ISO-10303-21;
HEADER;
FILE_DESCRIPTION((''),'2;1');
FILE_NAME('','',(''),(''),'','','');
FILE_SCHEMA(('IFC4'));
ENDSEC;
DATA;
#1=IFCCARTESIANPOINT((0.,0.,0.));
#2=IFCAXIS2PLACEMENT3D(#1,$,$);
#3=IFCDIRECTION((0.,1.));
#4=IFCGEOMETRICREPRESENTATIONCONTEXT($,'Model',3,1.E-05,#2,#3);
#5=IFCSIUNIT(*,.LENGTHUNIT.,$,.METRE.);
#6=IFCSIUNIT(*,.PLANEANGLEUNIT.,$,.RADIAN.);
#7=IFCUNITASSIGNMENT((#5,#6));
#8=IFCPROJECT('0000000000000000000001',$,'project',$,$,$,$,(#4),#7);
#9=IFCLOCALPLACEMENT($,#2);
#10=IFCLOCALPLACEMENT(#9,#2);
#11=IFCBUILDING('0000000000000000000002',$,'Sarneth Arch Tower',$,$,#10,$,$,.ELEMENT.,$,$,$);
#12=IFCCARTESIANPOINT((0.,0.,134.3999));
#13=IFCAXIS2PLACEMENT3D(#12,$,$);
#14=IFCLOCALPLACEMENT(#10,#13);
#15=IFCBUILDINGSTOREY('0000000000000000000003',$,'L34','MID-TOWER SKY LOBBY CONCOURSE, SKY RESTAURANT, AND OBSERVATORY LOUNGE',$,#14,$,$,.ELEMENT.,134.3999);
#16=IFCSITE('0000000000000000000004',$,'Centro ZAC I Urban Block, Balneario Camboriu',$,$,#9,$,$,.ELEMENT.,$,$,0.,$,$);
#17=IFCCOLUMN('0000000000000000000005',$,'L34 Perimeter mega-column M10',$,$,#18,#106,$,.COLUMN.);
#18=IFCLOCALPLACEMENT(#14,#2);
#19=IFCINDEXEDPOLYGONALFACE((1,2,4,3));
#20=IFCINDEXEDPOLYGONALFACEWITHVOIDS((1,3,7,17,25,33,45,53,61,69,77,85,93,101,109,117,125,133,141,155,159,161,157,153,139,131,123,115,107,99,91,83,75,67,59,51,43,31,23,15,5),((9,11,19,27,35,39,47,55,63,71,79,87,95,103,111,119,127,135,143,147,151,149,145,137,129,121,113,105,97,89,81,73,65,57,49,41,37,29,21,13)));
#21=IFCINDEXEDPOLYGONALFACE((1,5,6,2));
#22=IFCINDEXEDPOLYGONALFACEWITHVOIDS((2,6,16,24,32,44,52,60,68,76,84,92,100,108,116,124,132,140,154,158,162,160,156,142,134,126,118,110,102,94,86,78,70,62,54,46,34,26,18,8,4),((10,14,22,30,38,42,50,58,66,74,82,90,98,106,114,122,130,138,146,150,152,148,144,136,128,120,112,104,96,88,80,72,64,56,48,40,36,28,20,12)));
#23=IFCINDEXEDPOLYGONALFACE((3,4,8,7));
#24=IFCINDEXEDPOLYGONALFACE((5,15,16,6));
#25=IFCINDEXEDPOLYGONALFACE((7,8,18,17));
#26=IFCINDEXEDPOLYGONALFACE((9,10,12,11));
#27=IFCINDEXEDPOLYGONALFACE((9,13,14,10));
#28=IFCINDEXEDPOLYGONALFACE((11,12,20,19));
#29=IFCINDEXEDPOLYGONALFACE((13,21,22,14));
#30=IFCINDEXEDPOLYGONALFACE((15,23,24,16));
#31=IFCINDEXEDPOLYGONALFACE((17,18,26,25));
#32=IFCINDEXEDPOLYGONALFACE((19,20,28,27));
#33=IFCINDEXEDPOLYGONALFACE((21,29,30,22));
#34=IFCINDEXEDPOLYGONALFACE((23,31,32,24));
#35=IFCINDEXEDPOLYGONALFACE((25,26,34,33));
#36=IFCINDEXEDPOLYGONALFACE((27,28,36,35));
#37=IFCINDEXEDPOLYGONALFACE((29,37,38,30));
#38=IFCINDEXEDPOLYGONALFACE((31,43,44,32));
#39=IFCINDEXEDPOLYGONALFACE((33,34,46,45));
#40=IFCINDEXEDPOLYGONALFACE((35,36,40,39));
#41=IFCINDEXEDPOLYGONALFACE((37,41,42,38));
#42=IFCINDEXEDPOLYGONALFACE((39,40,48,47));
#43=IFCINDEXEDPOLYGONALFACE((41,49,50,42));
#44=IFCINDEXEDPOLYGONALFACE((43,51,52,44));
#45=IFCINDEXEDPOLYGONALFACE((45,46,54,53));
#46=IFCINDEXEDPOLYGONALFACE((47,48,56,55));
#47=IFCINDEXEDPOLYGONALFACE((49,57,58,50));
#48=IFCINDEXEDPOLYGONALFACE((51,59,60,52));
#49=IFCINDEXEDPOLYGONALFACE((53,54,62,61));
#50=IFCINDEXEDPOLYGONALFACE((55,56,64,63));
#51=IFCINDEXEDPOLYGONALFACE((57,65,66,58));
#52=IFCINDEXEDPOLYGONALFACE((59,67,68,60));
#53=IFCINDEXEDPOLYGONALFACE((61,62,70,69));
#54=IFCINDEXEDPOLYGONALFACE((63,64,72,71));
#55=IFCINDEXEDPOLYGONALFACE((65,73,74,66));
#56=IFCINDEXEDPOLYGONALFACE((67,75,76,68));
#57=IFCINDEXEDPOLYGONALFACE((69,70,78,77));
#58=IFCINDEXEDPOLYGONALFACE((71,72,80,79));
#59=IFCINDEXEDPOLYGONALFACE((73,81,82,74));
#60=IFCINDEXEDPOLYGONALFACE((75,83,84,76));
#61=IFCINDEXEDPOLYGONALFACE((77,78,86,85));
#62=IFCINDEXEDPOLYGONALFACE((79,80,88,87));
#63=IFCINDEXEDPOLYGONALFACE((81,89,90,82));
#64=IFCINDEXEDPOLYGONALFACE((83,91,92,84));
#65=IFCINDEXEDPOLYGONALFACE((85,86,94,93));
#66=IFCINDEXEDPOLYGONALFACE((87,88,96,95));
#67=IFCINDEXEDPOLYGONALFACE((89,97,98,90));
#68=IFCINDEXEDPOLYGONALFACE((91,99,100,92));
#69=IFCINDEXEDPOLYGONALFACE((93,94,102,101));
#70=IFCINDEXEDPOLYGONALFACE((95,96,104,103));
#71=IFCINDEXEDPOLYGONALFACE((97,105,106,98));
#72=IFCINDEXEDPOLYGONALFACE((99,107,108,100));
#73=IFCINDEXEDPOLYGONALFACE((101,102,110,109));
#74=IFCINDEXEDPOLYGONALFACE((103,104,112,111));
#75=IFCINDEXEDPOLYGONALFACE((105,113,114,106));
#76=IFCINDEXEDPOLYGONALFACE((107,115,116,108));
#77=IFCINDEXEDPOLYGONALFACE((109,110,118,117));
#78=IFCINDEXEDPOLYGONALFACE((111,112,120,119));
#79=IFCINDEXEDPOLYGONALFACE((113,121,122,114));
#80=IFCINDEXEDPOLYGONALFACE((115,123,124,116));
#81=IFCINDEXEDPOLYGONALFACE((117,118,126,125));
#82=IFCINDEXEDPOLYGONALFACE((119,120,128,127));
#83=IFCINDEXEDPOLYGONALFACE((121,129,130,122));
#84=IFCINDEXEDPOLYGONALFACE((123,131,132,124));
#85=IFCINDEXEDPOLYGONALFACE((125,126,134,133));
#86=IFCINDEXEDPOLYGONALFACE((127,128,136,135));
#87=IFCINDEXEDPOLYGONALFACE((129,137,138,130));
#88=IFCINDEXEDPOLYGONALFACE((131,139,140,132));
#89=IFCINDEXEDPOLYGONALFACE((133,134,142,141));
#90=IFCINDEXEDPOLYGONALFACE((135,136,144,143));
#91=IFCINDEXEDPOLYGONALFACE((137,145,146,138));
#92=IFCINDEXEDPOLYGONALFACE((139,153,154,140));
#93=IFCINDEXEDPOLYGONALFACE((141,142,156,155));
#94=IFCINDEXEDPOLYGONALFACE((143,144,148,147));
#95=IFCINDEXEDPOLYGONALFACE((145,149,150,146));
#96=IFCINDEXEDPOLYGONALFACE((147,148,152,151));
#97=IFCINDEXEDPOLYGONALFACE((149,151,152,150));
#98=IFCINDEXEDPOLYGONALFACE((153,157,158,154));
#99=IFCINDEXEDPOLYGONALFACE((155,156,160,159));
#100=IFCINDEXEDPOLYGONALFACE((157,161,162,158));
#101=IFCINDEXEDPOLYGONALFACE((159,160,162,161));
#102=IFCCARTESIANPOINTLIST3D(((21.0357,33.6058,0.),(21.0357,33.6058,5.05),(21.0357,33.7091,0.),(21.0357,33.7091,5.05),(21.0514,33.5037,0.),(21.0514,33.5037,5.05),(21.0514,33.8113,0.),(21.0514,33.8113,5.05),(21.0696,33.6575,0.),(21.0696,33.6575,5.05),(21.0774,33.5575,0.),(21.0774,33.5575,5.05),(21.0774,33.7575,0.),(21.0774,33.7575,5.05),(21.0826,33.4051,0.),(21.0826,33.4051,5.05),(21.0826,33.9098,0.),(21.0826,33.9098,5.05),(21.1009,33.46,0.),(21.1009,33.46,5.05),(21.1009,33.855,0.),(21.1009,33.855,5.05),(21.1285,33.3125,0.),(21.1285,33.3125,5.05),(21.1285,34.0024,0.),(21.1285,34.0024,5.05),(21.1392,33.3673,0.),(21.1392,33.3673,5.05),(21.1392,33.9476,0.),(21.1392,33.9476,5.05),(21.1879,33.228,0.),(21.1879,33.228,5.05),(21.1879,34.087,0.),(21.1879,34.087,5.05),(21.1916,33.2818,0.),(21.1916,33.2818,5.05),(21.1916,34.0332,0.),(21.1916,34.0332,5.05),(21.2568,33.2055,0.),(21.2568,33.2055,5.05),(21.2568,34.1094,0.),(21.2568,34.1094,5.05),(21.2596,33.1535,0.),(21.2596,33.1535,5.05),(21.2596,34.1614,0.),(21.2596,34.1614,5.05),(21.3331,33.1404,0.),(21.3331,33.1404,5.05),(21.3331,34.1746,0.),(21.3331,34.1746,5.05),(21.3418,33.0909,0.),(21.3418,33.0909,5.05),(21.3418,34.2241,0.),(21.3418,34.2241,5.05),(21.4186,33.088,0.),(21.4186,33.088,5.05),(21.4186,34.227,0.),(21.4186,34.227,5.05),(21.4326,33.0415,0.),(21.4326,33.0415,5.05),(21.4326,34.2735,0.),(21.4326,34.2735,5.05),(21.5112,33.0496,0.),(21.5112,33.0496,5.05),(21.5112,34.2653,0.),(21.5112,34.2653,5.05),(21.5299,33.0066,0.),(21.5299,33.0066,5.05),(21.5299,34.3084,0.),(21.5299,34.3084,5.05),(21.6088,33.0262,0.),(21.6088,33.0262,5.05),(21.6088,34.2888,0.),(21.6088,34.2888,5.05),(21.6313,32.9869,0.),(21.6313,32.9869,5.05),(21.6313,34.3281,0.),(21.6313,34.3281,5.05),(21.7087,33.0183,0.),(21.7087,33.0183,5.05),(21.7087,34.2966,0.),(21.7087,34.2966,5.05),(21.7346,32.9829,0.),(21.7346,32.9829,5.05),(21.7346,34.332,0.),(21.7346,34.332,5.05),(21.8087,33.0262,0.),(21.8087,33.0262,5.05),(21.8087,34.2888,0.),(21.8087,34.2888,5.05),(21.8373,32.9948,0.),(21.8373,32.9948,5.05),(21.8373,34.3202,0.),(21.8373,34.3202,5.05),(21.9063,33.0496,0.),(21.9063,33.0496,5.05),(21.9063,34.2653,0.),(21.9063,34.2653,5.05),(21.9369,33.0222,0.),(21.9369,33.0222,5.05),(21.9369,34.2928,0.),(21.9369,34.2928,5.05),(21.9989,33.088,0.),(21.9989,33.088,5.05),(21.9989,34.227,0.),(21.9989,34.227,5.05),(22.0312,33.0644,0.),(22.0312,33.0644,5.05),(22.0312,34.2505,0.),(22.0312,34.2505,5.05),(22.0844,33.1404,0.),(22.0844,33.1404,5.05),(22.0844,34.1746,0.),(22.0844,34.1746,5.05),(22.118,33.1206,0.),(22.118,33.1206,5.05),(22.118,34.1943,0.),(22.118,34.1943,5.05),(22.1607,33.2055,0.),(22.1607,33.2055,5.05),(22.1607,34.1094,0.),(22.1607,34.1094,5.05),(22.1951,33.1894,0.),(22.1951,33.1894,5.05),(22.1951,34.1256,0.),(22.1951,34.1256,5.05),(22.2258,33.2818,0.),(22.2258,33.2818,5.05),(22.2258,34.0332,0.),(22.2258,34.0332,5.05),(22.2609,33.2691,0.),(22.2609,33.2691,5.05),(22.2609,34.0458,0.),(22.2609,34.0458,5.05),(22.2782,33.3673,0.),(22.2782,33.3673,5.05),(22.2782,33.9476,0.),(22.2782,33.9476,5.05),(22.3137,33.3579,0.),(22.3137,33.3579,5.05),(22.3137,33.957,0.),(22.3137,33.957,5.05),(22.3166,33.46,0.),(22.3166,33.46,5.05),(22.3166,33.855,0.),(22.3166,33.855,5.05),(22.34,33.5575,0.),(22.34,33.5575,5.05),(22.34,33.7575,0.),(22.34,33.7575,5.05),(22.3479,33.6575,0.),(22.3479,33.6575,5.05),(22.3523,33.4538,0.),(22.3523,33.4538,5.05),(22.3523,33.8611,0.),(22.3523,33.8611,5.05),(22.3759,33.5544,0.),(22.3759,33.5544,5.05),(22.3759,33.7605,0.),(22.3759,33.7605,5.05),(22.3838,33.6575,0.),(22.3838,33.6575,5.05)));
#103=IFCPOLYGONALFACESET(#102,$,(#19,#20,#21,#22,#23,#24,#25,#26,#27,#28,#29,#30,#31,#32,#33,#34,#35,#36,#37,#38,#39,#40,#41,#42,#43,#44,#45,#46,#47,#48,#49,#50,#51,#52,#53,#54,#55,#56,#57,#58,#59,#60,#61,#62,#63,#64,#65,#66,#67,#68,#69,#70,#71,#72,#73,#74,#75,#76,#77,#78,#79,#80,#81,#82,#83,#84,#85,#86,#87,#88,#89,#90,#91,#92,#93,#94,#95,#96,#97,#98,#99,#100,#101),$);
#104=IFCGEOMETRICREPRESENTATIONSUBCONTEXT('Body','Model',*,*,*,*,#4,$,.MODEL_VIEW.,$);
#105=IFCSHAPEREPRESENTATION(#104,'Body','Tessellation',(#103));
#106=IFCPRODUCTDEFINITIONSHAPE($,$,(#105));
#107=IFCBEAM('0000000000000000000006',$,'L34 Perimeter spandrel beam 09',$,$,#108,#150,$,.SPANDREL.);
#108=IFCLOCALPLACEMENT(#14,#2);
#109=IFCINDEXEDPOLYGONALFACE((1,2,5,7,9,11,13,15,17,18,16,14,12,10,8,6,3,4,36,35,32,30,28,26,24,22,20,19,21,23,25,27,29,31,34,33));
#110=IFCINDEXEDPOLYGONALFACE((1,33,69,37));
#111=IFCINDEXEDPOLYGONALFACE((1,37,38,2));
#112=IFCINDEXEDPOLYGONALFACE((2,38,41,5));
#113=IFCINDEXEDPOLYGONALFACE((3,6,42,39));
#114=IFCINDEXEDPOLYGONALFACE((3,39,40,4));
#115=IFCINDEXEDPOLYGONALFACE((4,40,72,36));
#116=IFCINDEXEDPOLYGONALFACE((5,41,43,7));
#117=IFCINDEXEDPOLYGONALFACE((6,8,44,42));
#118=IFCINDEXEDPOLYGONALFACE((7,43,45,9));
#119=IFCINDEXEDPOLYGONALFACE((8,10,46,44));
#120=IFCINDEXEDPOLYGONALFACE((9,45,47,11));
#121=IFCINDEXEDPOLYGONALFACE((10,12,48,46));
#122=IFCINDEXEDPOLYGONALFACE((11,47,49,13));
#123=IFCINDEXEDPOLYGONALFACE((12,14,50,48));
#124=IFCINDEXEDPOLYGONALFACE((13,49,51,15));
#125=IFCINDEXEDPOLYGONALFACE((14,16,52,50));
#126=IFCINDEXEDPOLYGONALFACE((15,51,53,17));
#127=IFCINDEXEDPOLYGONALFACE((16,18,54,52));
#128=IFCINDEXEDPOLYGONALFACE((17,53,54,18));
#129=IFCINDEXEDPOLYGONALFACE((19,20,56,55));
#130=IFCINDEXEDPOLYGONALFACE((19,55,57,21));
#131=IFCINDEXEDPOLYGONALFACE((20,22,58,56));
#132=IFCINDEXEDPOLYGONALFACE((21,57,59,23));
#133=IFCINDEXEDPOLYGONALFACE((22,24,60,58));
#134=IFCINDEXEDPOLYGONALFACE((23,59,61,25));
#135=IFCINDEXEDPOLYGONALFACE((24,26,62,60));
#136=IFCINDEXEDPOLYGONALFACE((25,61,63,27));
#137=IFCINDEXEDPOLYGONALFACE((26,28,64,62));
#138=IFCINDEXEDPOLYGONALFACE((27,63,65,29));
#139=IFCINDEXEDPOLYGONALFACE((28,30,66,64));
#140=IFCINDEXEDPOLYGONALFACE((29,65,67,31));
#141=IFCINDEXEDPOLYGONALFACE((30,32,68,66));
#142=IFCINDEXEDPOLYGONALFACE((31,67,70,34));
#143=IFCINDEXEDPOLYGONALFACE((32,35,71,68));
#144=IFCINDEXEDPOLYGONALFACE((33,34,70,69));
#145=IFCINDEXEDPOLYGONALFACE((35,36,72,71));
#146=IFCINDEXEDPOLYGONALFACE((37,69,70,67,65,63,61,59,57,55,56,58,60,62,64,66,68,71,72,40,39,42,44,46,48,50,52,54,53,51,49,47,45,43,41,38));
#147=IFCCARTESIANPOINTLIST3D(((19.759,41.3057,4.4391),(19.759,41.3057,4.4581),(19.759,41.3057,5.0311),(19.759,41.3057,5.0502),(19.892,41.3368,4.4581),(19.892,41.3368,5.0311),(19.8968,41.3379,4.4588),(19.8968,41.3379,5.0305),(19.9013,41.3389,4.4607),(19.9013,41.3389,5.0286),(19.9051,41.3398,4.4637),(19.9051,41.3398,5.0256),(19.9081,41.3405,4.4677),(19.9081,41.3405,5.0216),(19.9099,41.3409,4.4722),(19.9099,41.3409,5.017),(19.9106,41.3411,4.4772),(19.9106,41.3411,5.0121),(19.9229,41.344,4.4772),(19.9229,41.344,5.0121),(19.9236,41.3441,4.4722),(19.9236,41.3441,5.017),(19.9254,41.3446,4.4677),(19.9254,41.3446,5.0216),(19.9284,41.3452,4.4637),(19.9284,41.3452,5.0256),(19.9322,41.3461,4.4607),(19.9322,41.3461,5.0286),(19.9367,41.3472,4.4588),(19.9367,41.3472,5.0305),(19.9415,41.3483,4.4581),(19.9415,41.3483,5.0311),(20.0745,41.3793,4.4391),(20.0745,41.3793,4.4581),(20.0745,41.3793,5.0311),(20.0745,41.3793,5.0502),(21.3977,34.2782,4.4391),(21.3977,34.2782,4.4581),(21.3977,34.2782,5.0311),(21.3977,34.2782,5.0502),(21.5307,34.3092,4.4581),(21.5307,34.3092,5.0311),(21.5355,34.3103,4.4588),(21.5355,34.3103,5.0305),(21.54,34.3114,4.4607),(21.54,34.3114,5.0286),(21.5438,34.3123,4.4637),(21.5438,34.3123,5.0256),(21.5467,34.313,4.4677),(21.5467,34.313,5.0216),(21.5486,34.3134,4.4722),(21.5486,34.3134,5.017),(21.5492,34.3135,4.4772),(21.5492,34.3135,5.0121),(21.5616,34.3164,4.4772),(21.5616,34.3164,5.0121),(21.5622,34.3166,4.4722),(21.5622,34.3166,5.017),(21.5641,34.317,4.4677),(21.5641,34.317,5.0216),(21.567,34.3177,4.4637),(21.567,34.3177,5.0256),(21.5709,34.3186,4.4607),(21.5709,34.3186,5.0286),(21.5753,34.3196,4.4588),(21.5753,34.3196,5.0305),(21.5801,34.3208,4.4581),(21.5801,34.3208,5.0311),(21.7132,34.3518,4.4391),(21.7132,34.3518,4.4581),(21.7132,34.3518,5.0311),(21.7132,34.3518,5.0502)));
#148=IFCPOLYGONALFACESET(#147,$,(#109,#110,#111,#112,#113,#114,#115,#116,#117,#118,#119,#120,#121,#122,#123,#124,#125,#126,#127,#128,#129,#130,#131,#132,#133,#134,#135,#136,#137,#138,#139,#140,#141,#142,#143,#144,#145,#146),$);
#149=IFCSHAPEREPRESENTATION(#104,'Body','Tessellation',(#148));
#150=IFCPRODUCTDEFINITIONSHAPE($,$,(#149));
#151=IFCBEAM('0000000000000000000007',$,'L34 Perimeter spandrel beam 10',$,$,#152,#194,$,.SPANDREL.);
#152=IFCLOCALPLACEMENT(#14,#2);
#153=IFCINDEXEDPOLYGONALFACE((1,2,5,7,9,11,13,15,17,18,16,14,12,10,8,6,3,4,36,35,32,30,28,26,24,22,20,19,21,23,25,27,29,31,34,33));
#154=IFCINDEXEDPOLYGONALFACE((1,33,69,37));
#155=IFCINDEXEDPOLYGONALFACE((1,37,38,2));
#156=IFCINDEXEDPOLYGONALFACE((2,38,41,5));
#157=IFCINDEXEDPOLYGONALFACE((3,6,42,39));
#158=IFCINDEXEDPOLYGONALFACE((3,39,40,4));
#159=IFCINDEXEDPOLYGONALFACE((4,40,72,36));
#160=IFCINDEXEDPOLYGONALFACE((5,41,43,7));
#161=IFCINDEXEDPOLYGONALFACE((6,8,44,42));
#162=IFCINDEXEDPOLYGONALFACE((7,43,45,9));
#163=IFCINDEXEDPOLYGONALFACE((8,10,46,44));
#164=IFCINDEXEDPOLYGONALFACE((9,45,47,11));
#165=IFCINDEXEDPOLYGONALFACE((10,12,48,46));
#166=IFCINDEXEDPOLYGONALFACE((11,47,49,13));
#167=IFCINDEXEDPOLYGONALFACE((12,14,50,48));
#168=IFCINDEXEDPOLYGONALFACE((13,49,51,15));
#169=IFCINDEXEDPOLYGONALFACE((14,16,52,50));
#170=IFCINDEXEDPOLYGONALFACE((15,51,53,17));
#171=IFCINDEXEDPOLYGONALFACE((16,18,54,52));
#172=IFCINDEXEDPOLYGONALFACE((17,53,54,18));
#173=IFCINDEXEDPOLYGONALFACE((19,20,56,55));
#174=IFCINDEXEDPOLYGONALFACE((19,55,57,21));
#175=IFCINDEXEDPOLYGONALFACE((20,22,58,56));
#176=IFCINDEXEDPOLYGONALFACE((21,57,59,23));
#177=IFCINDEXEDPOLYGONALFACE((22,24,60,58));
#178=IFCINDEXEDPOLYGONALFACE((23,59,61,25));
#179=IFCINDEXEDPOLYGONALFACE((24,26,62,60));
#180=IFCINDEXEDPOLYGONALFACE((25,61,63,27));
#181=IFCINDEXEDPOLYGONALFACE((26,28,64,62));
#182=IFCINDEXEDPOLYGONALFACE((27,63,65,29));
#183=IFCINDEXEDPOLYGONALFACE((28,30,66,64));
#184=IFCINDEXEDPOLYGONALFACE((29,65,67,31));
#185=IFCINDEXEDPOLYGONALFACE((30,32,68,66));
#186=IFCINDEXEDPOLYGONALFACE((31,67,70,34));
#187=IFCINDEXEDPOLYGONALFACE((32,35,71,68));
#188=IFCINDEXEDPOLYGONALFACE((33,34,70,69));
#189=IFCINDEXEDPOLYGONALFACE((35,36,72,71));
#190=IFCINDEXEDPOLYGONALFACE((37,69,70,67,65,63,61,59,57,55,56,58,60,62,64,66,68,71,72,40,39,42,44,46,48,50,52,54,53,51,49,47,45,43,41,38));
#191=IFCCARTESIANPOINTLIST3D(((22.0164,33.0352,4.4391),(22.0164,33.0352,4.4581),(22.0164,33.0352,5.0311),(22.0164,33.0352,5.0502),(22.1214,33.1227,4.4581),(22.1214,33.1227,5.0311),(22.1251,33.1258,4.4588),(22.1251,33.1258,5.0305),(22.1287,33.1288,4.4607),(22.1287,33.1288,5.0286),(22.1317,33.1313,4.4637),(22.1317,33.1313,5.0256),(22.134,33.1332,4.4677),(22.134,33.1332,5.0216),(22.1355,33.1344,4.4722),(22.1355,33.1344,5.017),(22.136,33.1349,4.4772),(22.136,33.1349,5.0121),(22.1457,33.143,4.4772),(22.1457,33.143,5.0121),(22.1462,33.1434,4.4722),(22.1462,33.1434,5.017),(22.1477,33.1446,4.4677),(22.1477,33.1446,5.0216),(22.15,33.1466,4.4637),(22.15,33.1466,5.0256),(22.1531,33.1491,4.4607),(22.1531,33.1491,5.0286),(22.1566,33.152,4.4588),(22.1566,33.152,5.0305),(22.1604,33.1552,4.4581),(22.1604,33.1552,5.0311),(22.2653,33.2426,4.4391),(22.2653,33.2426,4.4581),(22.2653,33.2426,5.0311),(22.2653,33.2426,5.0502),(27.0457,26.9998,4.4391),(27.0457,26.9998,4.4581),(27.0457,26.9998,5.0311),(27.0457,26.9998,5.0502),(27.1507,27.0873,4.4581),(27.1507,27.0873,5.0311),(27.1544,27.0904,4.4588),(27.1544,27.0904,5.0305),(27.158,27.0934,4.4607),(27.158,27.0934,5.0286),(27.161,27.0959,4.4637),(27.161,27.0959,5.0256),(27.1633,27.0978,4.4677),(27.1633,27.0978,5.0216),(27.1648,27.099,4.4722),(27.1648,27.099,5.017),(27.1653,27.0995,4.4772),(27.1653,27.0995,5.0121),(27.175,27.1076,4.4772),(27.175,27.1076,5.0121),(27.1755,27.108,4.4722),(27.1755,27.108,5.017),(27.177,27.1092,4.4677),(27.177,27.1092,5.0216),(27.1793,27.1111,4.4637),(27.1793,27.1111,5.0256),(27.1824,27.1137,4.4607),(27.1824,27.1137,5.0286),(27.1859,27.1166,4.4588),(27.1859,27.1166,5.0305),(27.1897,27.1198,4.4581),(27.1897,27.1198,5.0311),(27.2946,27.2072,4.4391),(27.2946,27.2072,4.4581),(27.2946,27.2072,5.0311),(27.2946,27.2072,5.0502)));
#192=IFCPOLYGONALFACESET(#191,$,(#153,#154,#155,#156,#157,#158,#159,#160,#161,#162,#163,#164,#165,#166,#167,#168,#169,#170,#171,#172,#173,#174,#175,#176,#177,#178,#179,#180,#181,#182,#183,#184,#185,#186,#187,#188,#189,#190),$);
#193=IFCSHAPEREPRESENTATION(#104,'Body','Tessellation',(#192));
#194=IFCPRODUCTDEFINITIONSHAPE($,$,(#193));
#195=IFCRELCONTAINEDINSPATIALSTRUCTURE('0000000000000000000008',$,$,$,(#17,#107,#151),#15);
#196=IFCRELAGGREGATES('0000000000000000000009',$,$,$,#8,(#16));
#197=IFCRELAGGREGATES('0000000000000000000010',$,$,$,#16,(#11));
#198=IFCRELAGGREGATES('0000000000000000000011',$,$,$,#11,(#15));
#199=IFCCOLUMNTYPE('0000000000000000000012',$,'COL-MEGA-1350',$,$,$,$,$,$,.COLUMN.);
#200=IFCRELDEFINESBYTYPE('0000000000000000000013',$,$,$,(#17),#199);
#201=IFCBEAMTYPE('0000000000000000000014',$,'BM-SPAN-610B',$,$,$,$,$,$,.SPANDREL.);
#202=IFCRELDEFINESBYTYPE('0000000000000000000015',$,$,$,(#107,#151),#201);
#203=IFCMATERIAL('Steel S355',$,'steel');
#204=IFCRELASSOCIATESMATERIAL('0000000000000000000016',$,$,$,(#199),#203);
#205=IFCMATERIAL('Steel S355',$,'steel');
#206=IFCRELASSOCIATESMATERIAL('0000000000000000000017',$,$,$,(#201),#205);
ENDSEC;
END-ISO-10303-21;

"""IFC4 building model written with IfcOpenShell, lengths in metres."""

from ifc_helpers import new_model, si_unit, direction, frame, origin, origin_2d, place, context, subcontext, project, spatial, hollow_circle, i_section, extrude, material, material_profile, profile_set, type_object, element, save


model = new_model("IFC4")

# Units and contexts
model_context = context("Model", 3, precision=1e-05, world=origin(), true_north=direction((0.0, 1.0)))
body_context = subcontext(model_context, "Body", "Model", "MODEL_VIEW")
ifc_project = project(units=[si_unit("LENGTHUNIT", "METRE"), si_unit("PLANEANGLEUNIT", "RADIAN")], contexts=[model_context])

# Site, building, storey
site_placement = place(None, origin())
site = spatial("IfcSite", under=ifc_project, at=site_placement, Name="Centro ZAC I Urban Block, Balneario Camboriu", CompositionType="ELEMENT", RefElevation=0.0)
building_placement = place(site_placement, origin())
building = spatial("IfcBuilding", under=site, at=building_placement, Name="Sarneth Arch Tower", CompositionType="ELEMENT")
storey_placement = place(building_placement, frame((0.0, 0.0, 134.3999)))
storey = spatial("IfcBuildingStorey", under=building, at=storey_placement, Name="L34", Description="MID-TOWER SKY LOBBY CONCOURSE, SKY RESTAURANT, AND OBSERVATORY LOUNGE", CompositionType="ELEMENT", Elevation=134.3999)

# Column
ifc_material_1 = material(Name="Steel S355", Category="steel")
ifc_material_profile_1 = material_profile(ifc_material_1, hollow_circle(Radius=0.675, WallThickness=0.0359, at=origin_2d()), Name="CHS1350x36")
ifc_profile_set_1 = profile_set([ifc_material_profile_1], Name="Steel S355")
column_type = type_object("IfcColumnType", Name="COL-MEGA-1350", PredefinedType="COLUMN", material=ifc_profile_set_1)
column_placement = place(storey_placement, frame((21.7087, 33.6575, 0.0), z_axis=(0.0, 0.0, 1.0), x_axis=(1.0, 0.0, 0.0)))
element("IfcColumn", 1, at=column_placement, inside=storey, type_object=column_type, Name="L34 Perimeter mega-column M10", PredefinedType="COLUMN", context=body_context, shape_type="SweptSolid", body=[
    extrude(hollow_circle(Radius=0.675, WallThickness=0.0359, at=origin_2d()), origin(), (0.0, 0.0, 1.0), 5.05),
])

# Beams
ifc_material_2 = material(Name="Steel S355", Category="steel")
ifc_material_profile_2 = material_profile(ifc_material_2, i_section(OverallWidth=0.324, OverallDepth=0.6111, WebThickness=0.0127, FlangeThickness=0.019, FilletRadius=0.019, at=origin_2d()), Name="W610x155")
ifc_profile_set_2 = profile_set([ifc_material_profile_2], Name="Steel S355")
beam_type = type_object("IfcBeamType", Name="BM-SPAN-610B", PredefinedType="SPANDREL", material=ifc_profile_set_2)
beam_1_placement = place(storey_placement, frame((19.9167, 41.3425, 4.7446), z_axis=(0.227085, -0.973875, 0.0), x_axis=(0.973875, 0.227085, 0.0)))
element("IfcBeam", 2, at=beam_1_placement, inside=storey, type_object=beam_type, Name="L34 Perimeter spandrel beam 09", PredefinedType="SPANDREL", context=body_context, shape_type="SweptSolid", body=[
    extrude(i_section(OverallWidth=0.324, OverallDepth=0.6111, WebThickness=0.0127, FlangeThickness=0.019, FilletRadius=0.019, at=origin_2d()), origin(), (0.0, 0.0, 1.0), 7.2161),
])
beam_2_placement = place(storey_placement, frame((22.1409, 33.1389, 4.7446), z_axis=(0.640169, -0.768234, 0.0), x_axis=(0.768234, 0.640169, 0.0)))
element("IfcBeam", 3, at=beam_2_placement, inside=storey, type_object=beam_type, Name="L34 Perimeter spandrel beam 10", PredefinedType="SPANDREL", context=body_context, shape_type="SweptSolid", body=[
    extrude(i_section(OverallWidth=0.324, OverallDepth=0.6111, WebThickness=0.0127, FlangeThickness=0.019, FilletRadius=0.019, at=origin_2d()), origin(), (0.0, 0.0, 1.0), 7.8562),
])

save(model, "model.ifc")
